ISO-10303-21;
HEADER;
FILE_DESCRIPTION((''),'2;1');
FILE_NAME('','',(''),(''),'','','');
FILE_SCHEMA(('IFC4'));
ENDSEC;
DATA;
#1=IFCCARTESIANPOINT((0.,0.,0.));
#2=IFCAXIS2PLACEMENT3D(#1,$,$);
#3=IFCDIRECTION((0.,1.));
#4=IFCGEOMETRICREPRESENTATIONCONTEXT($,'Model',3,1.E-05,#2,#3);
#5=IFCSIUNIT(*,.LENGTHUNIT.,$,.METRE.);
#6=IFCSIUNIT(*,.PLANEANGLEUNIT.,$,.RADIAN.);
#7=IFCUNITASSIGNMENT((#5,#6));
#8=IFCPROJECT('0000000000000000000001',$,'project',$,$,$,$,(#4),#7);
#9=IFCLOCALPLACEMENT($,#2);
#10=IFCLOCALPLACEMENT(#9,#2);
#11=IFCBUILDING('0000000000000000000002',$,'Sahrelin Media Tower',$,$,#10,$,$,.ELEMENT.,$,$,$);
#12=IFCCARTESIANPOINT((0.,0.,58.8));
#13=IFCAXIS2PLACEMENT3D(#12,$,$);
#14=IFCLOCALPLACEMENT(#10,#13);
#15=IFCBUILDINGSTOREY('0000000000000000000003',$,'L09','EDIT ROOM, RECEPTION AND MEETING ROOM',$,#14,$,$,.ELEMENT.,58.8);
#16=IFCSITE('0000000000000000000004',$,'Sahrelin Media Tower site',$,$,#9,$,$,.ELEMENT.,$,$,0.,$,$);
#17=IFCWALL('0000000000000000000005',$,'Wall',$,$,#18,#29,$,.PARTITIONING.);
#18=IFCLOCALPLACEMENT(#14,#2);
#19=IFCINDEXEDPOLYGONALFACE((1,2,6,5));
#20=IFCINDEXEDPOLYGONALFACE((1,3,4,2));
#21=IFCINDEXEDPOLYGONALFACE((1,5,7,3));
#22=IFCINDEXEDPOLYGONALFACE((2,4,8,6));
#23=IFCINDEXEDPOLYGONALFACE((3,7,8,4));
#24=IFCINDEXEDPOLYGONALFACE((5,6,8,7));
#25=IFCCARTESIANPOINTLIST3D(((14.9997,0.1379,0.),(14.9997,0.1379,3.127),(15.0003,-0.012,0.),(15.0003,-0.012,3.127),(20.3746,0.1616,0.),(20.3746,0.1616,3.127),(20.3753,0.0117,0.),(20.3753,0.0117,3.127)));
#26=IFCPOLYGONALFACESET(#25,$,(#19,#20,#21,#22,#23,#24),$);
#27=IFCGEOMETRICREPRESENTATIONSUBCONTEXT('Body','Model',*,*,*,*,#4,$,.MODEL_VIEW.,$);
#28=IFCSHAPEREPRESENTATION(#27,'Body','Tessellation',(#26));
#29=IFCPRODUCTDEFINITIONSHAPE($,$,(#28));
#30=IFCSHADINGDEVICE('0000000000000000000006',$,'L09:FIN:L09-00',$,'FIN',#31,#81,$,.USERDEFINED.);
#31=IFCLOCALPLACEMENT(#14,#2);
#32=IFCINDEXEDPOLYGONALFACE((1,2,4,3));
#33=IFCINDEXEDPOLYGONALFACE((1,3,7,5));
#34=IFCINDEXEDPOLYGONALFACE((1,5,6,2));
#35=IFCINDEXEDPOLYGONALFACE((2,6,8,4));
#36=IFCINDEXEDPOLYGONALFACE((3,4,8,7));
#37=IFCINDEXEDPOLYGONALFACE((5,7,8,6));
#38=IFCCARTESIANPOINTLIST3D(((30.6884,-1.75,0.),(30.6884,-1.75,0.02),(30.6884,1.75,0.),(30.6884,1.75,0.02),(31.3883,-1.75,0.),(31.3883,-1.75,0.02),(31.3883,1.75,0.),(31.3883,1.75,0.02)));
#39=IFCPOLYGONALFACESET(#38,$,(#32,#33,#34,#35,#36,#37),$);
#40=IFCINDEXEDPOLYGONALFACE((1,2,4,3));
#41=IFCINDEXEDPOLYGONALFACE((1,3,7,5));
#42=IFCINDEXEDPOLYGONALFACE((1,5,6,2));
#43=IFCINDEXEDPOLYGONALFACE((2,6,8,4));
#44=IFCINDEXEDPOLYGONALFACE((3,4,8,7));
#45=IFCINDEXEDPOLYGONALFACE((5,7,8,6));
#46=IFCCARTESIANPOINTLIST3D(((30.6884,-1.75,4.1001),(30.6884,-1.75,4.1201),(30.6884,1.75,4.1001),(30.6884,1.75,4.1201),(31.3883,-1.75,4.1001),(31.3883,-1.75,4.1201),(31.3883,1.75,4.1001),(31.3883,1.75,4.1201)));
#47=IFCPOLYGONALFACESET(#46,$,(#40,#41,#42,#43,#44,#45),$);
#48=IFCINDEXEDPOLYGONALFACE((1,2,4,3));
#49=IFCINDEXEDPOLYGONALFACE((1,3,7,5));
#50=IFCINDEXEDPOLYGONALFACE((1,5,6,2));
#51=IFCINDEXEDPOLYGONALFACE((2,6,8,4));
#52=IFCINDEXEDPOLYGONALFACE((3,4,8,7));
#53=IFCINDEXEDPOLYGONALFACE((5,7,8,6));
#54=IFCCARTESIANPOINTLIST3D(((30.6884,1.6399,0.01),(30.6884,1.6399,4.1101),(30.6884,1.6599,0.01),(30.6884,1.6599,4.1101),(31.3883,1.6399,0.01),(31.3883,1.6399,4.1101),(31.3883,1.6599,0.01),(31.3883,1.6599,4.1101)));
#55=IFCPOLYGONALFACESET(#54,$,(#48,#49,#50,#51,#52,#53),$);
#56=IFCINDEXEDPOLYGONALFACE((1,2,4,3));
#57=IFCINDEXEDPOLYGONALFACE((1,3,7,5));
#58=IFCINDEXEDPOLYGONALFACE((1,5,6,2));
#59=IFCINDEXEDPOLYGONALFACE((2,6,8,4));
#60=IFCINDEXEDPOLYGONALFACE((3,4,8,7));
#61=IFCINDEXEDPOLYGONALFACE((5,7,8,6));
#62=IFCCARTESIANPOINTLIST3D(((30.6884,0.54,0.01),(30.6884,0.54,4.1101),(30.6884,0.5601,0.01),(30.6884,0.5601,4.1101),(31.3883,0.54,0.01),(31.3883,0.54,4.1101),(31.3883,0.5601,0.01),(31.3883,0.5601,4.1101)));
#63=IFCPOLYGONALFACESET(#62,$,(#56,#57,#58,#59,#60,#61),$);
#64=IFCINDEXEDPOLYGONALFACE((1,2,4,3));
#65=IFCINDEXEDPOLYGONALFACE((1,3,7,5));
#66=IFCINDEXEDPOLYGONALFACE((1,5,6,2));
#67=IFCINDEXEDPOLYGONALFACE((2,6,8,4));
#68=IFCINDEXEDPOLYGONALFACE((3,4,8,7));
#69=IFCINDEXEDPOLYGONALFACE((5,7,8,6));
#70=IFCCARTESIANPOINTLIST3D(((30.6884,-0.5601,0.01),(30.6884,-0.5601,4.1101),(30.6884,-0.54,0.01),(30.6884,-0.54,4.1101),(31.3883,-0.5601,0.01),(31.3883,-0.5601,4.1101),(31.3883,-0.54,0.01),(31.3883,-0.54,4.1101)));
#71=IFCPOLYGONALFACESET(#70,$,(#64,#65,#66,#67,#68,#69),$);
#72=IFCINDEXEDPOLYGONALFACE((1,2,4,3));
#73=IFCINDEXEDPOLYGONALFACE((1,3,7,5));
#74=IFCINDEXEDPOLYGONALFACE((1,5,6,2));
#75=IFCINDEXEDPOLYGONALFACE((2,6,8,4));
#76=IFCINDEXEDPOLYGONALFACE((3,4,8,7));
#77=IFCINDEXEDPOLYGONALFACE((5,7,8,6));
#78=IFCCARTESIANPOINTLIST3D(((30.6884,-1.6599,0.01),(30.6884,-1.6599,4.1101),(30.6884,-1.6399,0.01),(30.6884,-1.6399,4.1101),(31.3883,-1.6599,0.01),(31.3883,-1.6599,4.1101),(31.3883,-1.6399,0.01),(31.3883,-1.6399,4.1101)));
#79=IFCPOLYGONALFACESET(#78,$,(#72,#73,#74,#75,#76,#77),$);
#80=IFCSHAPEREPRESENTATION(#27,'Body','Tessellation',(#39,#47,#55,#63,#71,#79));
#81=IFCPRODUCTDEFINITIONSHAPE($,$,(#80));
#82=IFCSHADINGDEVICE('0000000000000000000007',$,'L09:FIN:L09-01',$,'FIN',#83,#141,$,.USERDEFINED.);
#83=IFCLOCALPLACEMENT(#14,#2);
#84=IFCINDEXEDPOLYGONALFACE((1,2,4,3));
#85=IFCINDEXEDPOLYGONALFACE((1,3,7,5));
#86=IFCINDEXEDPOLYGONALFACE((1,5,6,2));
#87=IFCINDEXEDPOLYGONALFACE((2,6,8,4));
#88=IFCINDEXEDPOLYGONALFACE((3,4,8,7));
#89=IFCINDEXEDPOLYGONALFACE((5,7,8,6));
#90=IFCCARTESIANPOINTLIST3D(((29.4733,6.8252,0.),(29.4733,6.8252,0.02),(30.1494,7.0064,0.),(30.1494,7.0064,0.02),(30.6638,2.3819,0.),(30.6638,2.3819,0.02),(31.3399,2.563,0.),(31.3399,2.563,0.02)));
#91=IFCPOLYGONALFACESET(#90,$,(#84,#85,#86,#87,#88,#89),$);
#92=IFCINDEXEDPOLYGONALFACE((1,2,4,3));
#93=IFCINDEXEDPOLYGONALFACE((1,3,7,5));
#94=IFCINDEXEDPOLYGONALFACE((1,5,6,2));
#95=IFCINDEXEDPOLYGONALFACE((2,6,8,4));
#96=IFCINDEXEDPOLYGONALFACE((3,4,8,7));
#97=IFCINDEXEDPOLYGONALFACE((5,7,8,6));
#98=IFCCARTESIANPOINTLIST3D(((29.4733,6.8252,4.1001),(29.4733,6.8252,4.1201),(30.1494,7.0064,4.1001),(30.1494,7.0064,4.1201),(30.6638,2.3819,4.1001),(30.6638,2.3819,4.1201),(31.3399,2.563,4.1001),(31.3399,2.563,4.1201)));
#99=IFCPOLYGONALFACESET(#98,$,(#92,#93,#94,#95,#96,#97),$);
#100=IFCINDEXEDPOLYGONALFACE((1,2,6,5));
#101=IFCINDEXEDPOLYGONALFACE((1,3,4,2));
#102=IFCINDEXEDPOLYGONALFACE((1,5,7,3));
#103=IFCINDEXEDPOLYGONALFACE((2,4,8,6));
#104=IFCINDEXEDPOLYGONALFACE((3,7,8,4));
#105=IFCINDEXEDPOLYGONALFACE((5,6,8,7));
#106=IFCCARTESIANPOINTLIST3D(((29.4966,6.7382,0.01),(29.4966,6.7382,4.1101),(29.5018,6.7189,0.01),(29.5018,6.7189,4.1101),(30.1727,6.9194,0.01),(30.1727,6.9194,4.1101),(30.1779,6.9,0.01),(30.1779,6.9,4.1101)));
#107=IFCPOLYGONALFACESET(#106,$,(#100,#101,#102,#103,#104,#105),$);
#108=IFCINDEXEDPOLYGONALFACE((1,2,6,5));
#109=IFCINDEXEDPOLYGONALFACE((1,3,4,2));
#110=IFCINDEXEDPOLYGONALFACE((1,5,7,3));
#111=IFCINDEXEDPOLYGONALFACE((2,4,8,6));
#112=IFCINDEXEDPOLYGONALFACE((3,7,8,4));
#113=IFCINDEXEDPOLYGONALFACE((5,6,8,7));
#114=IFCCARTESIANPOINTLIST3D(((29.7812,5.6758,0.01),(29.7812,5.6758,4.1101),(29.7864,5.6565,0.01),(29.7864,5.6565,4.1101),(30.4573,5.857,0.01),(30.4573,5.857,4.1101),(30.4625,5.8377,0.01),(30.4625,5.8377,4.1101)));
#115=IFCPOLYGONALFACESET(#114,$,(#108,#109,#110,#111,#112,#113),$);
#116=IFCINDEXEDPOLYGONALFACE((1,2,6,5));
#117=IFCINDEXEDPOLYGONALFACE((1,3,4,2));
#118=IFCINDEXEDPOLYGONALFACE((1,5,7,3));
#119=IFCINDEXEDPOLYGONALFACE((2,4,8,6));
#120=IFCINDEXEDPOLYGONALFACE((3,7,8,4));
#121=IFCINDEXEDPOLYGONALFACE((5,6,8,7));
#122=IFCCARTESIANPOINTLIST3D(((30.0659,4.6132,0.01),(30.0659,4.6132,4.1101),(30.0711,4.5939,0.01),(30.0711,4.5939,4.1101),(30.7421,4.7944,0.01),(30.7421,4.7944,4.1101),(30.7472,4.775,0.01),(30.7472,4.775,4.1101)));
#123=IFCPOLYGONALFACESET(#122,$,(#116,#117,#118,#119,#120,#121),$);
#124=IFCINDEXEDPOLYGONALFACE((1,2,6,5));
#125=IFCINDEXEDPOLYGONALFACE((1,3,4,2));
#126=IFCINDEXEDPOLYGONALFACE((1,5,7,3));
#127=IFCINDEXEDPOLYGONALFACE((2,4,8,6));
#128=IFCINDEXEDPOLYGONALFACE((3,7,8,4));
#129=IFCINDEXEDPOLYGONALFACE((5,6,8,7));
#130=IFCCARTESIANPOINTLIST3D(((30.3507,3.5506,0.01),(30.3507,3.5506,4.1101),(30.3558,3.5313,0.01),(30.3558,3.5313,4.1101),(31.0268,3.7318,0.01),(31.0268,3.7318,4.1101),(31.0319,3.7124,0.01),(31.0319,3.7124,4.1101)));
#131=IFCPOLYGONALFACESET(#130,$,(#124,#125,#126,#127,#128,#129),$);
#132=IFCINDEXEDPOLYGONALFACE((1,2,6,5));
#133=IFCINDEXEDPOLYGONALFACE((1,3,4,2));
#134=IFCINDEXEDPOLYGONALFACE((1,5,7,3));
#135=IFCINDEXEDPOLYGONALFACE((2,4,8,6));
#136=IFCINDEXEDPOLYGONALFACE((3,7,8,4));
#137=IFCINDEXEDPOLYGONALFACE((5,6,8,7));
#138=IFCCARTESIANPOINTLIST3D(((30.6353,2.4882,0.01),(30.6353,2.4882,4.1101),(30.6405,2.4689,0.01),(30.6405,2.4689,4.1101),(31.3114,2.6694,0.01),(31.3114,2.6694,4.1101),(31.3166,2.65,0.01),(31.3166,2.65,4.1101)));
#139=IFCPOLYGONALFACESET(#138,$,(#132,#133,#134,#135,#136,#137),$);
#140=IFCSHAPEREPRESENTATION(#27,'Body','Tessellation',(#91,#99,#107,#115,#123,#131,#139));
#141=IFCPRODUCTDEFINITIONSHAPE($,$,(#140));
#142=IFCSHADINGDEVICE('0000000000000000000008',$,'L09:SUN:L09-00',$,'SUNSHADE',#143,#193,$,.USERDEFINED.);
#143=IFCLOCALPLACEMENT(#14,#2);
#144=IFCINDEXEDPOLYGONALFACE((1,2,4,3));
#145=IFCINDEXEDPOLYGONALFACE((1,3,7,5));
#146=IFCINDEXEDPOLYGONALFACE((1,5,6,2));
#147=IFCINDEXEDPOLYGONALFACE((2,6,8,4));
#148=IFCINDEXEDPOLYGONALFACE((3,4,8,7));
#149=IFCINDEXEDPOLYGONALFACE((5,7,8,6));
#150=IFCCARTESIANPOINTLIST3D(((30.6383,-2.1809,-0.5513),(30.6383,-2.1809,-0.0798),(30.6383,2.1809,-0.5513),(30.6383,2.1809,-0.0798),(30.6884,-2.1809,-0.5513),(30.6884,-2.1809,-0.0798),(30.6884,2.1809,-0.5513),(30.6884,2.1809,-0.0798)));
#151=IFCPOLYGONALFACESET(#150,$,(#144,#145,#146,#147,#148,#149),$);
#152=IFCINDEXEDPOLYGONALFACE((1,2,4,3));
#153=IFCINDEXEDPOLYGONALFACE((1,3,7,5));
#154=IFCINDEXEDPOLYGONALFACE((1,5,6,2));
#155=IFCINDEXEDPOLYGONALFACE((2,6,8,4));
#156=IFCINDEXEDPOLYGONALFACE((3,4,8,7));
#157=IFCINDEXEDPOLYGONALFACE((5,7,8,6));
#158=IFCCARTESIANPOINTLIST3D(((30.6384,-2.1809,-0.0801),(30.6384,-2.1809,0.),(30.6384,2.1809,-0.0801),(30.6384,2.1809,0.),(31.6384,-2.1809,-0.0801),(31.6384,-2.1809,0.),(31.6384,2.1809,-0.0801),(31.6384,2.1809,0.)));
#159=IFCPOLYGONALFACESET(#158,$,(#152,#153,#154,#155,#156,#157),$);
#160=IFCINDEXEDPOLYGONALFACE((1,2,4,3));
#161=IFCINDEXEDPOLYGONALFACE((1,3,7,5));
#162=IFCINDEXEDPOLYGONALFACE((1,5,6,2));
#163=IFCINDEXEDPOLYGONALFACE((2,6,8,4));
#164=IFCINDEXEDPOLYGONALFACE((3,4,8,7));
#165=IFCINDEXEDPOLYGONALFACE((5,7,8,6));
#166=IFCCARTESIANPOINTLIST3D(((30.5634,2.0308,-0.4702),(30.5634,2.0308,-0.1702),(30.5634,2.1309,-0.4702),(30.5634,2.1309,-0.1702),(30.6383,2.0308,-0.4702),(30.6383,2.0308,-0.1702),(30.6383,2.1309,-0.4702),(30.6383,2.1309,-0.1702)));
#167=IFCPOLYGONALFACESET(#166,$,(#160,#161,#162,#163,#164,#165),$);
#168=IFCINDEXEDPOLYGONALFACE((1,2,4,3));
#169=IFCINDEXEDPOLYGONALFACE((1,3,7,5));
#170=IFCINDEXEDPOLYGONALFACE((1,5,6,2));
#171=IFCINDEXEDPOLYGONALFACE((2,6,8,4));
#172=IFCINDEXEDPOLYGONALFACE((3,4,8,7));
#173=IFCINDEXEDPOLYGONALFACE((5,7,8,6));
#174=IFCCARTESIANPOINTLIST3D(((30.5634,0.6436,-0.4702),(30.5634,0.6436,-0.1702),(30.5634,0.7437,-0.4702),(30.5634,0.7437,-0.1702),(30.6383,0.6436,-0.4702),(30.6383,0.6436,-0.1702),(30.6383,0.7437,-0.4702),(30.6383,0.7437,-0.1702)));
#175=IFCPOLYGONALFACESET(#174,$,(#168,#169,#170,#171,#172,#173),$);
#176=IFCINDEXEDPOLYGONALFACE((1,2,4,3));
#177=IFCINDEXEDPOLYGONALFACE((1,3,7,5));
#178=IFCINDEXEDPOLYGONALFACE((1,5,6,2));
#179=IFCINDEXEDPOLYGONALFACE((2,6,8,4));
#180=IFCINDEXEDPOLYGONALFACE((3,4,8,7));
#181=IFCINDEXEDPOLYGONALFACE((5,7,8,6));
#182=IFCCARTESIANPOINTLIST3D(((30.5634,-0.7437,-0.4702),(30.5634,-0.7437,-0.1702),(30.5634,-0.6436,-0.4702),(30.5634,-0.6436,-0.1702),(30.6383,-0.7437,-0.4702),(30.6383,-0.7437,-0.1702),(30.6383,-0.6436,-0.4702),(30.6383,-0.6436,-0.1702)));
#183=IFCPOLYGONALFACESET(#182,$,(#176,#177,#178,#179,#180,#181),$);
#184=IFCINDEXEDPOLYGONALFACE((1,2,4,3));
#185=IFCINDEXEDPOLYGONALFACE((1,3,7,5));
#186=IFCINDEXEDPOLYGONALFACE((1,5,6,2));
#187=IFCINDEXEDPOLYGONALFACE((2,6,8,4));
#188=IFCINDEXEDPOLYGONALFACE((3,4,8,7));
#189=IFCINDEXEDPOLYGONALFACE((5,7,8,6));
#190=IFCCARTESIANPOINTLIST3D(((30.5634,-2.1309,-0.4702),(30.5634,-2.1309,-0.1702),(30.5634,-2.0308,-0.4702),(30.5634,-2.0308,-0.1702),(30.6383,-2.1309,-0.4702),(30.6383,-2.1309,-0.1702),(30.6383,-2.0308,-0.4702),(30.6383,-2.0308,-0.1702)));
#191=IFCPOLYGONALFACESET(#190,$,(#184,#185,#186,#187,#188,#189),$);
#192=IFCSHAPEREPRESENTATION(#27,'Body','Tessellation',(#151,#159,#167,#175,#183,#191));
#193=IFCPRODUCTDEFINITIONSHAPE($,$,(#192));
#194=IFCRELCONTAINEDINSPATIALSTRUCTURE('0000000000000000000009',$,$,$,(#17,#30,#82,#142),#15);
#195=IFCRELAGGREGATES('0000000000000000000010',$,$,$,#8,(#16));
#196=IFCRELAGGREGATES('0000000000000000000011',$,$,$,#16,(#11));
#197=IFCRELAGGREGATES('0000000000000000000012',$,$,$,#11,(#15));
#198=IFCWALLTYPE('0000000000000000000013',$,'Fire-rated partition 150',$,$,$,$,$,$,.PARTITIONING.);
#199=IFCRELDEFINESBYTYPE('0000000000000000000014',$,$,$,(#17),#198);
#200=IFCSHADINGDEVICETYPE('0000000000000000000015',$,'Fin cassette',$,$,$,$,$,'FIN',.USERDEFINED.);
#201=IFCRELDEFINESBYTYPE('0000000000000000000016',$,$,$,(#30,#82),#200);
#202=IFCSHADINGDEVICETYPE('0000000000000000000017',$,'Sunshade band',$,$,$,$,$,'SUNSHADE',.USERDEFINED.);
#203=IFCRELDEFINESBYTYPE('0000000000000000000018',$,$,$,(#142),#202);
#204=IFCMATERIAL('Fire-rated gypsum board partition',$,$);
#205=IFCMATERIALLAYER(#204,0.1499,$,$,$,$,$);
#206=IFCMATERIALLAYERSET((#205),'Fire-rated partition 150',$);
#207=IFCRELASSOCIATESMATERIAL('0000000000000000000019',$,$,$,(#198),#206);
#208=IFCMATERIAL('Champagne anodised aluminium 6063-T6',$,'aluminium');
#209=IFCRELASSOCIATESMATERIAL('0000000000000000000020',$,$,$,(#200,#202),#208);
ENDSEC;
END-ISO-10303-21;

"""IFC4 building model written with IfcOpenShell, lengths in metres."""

from ifc_helpers import new_model, si_unit, direction, frame, frame_2d, origin, origin_2d, place, context, subcontext, project, spatial, rectangle, extrude, material, layer, layer_set, type_object, element, save


model = new_model("IFC4")

# Units and contexts
model_context = context("Model", 3, precision=1e-05, world=origin(), true_north=direction((0.0, 1.0)))
body_context = subcontext(model_context, "Body", "Model", "MODEL_VIEW")
ifc_project = project(units=[si_unit("LENGTHUNIT", "METRE"), si_unit("PLANEANGLEUNIT", "RADIAN")], contexts=[model_context])

# Site, building, storey
site_placement = place(None, origin())
site = spatial("IfcSite", under=ifc_project, at=site_placement, Name="Sahrelin Media Tower site", CompositionType="ELEMENT", RefElevation=0.0)
building_placement = place(site_placement, origin())
building = spatial("IfcBuilding", under=site, at=building_placement, Name="Sahrelin Media Tower", CompositionType="ELEMENT")
storey_placement = place(building_placement, frame((0.0, 0.0, 58.8)))
storey = spatial("IfcBuildingStorey", under=building, at=storey_placement, Name="L09", Description="EDIT ROOM, RECEPTION AND MEETING ROOM", CompositionType="ELEMENT", Elevation=58.8)

# Shared definitions
ifc_material_1 = material(Name="Champagne anodised aluminium 6063-T6", Category="aluminium")

# Wall
ifc_material_2 = material(Name="Fire-rated gypsum board partition")
ifc_layer_1 = layer(ifc_material_2, 0.1499)
ifc_layer_set_1 = layer_set([ifc_layer_1], Name="Fire-rated partition 150")
wall_type = type_object("IfcWallType", Name="Fire-rated partition 150", PredefinedType="PARTITIONING", material=ifc_layer_set_1)
wall_placement = place(storey_placement, frame((15.0, 0.063, 0.0), z_axis=(0.0, 0.0, 1.0), x_axis=(0.99999, 0.004406, 0.0)))
element("IfcWall", 1, at=wall_placement, inside=storey, type_object=wall_type, Name="Wall", PredefinedType="PARTITIONING", context=body_context, shape_type="SweptSolid", body=[
    extrude(rectangle(XDim=5.375, YDim=0.1499, at=frame_2d((2.6875, 0.0))), origin(), (0.0, 0.0, 1.0), 3.127),
])

# Shading devices
shading_device_type_1 = type_object("IfcShadingDeviceType", Name="Fin cassette", ElementType="FIN", PredefinedType="USERDEFINED", material=ifc_material_1)
placement_1 = place(storey_placement, frame((30.6184, 0.0, 0.0), z_axis=(0.0, 0.0, 1.0), x_axis=(0.0, -1.0, 0.0)))
element("IfcShadingDevice", 2, at=placement_1, inside=storey, type_object=shading_device_type_1, Name="L09:FIN:L09-00", ObjectType="FIN", PredefinedType="USERDEFINED", context=body_context, shape_type="SweptSolid", body=[
    extrude(rectangle(XDim=3.5, YDim=0.7, at=origin_2d()), frame((0.0, 0.4199, 0.0)), (0.0, 0.0, 1.0), 0.02),
    extrude(rectangle(XDim=3.5, YDim=0.7, at=origin_2d()), frame((0.0, 0.4199, 4.1001)), (0.0, 0.0, 1.0), 0.02),
    extrude(rectangle(XDim=0.02, YDim=0.7, at=origin_2d()), frame((-1.6499, 0.4199, 0.01), z_axis=(0.0, 0.0, 1.0), x_axis=(1.0, 0.0, 0.0)), (0.0, 0.0, 1.0), 4.1001),
    extrude(rectangle(XDim=0.02, YDim=0.7, at=origin_2d()), frame((-0.55, 0.4199, 0.01), z_axis=(0.0, 0.0, 1.0), x_axis=(1.0, 0.0, 0.0)), (0.0, 0.0, 1.0), 4.1001),
    extrude(rectangle(XDim=0.02, YDim=0.7, at=origin_2d()), frame((0.55, 0.4199, 0.01), z_axis=(0.0, 0.0, 1.0), x_axis=(1.0, 0.0, 0.0)), (0.0, 0.0, 1.0), 4.1001),
    extrude(rectangle(XDim=0.02, YDim=0.7, at=origin_2d()), frame((1.6499, 0.4199, 0.01), z_axis=(0.0, 0.0, 1.0), x_axis=(1.0, 0.0, 0.0)), (0.0, 0.0, 1.0), 4.1001),
])
placement_2 = place(storey_placement, frame((30.001, 4.5854, 0.0), z_axis=(0.0, 0.0, 1.0), x_axis=(0.258808, -0.965929, 0.0)))
element("IfcShadingDevice", 3, at=placement_2, inside=storey, type_object=shading_device_type_1, Name="L09:FIN:L09-01", ObjectType="FIN", PredefinedType="USERDEFINED", context=body_context, shape_type="SweptSolid", body=[
    extrude(rectangle(XDim=4.6001, YDim=0.7, at=origin_2d()), frame((0.0, 0.4199, 0.0)), (0.0, 0.0, 1.0), 0.02),
    extrude(rectangle(XDim=4.6001, YDim=0.7, at=origin_2d()), frame((0.0, 0.4199, 4.1001)), (0.0, 0.0, 1.0), 0.02),
    extrude(rectangle(XDim=0.02, YDim=0.7, at=origin_2d()), frame((-2.2, 0.4199, 0.01), z_axis=(0.0, 0.0, 1.0), x_axis=(1.0, 0.0, 0.0)), (0.0, 0.0, 1.0), 4.1001),
    extrude(rectangle(XDim=0.02, YDim=0.7, at=origin_2d()), frame((-1.1001, 0.4199, 0.01), z_axis=(0.0, 0.0, 1.0), x_axis=(1.0, 0.0, 0.0)), (0.0, 0.0, 1.0), 4.1001),
    extrude(rectangle(XDim=0.02, YDim=0.7, at=origin_2d()), frame((0.0, 0.4199, 0.01), z_axis=(0.0, 0.0, 1.0), x_axis=(1.0, 0.0, 0.0)), (0.0, 0.0, 1.0), 4.1001),
    extrude(rectangle(XDim=0.02, YDim=0.7, at=origin_2d()), frame((1.1001, 0.4199, 0.01), z_axis=(0.0, 0.0, 1.0), x_axis=(1.0, 0.0, 0.0)), (0.0, 0.0, 1.0), 4.1001),
    extrude(rectangle(XDim=0.02, YDim=0.7, at=origin_2d()), frame((2.2, 0.4199, 0.01), z_axis=(0.0, 0.0, 1.0), x_axis=(1.0, 0.0, 0.0)), (0.0, 0.0, 1.0), 4.1001),
])
shading_device_type_2 = type_object("IfcShadingDeviceType", Name="Sunshade band", ElementType="SUNSHADE", PredefinedType="USERDEFINED", material=ifc_material_1)
element("IfcShadingDevice", 4, at=placement_1, inside=storey, type_object=shading_device_type_2, Name="L09:SUN:L09-00", ObjectType="SUNSHADE", PredefinedType="USERDEFINED", context=body_context, shape_type="SweptSolid", body=[
    extrude(rectangle(XDim=4.3618, YDim=0.05, at=origin_2d()), frame((0.0, 0.0449, -0.5513)), (0.0, 0.0, 1.0), 0.4714),
    extrude(rectangle(XDim=4.3618, YDim=1.0, at=origin_2d()), frame((0.0, 0.52, -0.0801)), (0.0, 0.0, 1.0), 0.0801),
    extrude(rectangle(XDim=0.1001, YDim=0.075, at=origin_2d()), frame((-2.0808, -0.0176, -0.4702)), (0.0, 0.0, 1.0), 0.3),
    extrude(rectangle(XDim=0.1001, YDim=0.075, at=origin_2d()), frame((-0.6936, -0.0176, -0.4702)), (0.0, 0.0, 1.0), 0.3),
    extrude(rectangle(XDim=0.1001, YDim=0.075, at=origin_2d()), frame((0.6936, -0.0176, -0.4702)), (0.0, 0.0, 1.0), 0.3),
    extrude(rectangle(XDim=0.1001, YDim=0.075, at=origin_2d()), frame((2.0808, -0.0176, -0.4702)), (0.0, 0.0, 1.0), 0.3),
])

save(model, "model.ifc")
